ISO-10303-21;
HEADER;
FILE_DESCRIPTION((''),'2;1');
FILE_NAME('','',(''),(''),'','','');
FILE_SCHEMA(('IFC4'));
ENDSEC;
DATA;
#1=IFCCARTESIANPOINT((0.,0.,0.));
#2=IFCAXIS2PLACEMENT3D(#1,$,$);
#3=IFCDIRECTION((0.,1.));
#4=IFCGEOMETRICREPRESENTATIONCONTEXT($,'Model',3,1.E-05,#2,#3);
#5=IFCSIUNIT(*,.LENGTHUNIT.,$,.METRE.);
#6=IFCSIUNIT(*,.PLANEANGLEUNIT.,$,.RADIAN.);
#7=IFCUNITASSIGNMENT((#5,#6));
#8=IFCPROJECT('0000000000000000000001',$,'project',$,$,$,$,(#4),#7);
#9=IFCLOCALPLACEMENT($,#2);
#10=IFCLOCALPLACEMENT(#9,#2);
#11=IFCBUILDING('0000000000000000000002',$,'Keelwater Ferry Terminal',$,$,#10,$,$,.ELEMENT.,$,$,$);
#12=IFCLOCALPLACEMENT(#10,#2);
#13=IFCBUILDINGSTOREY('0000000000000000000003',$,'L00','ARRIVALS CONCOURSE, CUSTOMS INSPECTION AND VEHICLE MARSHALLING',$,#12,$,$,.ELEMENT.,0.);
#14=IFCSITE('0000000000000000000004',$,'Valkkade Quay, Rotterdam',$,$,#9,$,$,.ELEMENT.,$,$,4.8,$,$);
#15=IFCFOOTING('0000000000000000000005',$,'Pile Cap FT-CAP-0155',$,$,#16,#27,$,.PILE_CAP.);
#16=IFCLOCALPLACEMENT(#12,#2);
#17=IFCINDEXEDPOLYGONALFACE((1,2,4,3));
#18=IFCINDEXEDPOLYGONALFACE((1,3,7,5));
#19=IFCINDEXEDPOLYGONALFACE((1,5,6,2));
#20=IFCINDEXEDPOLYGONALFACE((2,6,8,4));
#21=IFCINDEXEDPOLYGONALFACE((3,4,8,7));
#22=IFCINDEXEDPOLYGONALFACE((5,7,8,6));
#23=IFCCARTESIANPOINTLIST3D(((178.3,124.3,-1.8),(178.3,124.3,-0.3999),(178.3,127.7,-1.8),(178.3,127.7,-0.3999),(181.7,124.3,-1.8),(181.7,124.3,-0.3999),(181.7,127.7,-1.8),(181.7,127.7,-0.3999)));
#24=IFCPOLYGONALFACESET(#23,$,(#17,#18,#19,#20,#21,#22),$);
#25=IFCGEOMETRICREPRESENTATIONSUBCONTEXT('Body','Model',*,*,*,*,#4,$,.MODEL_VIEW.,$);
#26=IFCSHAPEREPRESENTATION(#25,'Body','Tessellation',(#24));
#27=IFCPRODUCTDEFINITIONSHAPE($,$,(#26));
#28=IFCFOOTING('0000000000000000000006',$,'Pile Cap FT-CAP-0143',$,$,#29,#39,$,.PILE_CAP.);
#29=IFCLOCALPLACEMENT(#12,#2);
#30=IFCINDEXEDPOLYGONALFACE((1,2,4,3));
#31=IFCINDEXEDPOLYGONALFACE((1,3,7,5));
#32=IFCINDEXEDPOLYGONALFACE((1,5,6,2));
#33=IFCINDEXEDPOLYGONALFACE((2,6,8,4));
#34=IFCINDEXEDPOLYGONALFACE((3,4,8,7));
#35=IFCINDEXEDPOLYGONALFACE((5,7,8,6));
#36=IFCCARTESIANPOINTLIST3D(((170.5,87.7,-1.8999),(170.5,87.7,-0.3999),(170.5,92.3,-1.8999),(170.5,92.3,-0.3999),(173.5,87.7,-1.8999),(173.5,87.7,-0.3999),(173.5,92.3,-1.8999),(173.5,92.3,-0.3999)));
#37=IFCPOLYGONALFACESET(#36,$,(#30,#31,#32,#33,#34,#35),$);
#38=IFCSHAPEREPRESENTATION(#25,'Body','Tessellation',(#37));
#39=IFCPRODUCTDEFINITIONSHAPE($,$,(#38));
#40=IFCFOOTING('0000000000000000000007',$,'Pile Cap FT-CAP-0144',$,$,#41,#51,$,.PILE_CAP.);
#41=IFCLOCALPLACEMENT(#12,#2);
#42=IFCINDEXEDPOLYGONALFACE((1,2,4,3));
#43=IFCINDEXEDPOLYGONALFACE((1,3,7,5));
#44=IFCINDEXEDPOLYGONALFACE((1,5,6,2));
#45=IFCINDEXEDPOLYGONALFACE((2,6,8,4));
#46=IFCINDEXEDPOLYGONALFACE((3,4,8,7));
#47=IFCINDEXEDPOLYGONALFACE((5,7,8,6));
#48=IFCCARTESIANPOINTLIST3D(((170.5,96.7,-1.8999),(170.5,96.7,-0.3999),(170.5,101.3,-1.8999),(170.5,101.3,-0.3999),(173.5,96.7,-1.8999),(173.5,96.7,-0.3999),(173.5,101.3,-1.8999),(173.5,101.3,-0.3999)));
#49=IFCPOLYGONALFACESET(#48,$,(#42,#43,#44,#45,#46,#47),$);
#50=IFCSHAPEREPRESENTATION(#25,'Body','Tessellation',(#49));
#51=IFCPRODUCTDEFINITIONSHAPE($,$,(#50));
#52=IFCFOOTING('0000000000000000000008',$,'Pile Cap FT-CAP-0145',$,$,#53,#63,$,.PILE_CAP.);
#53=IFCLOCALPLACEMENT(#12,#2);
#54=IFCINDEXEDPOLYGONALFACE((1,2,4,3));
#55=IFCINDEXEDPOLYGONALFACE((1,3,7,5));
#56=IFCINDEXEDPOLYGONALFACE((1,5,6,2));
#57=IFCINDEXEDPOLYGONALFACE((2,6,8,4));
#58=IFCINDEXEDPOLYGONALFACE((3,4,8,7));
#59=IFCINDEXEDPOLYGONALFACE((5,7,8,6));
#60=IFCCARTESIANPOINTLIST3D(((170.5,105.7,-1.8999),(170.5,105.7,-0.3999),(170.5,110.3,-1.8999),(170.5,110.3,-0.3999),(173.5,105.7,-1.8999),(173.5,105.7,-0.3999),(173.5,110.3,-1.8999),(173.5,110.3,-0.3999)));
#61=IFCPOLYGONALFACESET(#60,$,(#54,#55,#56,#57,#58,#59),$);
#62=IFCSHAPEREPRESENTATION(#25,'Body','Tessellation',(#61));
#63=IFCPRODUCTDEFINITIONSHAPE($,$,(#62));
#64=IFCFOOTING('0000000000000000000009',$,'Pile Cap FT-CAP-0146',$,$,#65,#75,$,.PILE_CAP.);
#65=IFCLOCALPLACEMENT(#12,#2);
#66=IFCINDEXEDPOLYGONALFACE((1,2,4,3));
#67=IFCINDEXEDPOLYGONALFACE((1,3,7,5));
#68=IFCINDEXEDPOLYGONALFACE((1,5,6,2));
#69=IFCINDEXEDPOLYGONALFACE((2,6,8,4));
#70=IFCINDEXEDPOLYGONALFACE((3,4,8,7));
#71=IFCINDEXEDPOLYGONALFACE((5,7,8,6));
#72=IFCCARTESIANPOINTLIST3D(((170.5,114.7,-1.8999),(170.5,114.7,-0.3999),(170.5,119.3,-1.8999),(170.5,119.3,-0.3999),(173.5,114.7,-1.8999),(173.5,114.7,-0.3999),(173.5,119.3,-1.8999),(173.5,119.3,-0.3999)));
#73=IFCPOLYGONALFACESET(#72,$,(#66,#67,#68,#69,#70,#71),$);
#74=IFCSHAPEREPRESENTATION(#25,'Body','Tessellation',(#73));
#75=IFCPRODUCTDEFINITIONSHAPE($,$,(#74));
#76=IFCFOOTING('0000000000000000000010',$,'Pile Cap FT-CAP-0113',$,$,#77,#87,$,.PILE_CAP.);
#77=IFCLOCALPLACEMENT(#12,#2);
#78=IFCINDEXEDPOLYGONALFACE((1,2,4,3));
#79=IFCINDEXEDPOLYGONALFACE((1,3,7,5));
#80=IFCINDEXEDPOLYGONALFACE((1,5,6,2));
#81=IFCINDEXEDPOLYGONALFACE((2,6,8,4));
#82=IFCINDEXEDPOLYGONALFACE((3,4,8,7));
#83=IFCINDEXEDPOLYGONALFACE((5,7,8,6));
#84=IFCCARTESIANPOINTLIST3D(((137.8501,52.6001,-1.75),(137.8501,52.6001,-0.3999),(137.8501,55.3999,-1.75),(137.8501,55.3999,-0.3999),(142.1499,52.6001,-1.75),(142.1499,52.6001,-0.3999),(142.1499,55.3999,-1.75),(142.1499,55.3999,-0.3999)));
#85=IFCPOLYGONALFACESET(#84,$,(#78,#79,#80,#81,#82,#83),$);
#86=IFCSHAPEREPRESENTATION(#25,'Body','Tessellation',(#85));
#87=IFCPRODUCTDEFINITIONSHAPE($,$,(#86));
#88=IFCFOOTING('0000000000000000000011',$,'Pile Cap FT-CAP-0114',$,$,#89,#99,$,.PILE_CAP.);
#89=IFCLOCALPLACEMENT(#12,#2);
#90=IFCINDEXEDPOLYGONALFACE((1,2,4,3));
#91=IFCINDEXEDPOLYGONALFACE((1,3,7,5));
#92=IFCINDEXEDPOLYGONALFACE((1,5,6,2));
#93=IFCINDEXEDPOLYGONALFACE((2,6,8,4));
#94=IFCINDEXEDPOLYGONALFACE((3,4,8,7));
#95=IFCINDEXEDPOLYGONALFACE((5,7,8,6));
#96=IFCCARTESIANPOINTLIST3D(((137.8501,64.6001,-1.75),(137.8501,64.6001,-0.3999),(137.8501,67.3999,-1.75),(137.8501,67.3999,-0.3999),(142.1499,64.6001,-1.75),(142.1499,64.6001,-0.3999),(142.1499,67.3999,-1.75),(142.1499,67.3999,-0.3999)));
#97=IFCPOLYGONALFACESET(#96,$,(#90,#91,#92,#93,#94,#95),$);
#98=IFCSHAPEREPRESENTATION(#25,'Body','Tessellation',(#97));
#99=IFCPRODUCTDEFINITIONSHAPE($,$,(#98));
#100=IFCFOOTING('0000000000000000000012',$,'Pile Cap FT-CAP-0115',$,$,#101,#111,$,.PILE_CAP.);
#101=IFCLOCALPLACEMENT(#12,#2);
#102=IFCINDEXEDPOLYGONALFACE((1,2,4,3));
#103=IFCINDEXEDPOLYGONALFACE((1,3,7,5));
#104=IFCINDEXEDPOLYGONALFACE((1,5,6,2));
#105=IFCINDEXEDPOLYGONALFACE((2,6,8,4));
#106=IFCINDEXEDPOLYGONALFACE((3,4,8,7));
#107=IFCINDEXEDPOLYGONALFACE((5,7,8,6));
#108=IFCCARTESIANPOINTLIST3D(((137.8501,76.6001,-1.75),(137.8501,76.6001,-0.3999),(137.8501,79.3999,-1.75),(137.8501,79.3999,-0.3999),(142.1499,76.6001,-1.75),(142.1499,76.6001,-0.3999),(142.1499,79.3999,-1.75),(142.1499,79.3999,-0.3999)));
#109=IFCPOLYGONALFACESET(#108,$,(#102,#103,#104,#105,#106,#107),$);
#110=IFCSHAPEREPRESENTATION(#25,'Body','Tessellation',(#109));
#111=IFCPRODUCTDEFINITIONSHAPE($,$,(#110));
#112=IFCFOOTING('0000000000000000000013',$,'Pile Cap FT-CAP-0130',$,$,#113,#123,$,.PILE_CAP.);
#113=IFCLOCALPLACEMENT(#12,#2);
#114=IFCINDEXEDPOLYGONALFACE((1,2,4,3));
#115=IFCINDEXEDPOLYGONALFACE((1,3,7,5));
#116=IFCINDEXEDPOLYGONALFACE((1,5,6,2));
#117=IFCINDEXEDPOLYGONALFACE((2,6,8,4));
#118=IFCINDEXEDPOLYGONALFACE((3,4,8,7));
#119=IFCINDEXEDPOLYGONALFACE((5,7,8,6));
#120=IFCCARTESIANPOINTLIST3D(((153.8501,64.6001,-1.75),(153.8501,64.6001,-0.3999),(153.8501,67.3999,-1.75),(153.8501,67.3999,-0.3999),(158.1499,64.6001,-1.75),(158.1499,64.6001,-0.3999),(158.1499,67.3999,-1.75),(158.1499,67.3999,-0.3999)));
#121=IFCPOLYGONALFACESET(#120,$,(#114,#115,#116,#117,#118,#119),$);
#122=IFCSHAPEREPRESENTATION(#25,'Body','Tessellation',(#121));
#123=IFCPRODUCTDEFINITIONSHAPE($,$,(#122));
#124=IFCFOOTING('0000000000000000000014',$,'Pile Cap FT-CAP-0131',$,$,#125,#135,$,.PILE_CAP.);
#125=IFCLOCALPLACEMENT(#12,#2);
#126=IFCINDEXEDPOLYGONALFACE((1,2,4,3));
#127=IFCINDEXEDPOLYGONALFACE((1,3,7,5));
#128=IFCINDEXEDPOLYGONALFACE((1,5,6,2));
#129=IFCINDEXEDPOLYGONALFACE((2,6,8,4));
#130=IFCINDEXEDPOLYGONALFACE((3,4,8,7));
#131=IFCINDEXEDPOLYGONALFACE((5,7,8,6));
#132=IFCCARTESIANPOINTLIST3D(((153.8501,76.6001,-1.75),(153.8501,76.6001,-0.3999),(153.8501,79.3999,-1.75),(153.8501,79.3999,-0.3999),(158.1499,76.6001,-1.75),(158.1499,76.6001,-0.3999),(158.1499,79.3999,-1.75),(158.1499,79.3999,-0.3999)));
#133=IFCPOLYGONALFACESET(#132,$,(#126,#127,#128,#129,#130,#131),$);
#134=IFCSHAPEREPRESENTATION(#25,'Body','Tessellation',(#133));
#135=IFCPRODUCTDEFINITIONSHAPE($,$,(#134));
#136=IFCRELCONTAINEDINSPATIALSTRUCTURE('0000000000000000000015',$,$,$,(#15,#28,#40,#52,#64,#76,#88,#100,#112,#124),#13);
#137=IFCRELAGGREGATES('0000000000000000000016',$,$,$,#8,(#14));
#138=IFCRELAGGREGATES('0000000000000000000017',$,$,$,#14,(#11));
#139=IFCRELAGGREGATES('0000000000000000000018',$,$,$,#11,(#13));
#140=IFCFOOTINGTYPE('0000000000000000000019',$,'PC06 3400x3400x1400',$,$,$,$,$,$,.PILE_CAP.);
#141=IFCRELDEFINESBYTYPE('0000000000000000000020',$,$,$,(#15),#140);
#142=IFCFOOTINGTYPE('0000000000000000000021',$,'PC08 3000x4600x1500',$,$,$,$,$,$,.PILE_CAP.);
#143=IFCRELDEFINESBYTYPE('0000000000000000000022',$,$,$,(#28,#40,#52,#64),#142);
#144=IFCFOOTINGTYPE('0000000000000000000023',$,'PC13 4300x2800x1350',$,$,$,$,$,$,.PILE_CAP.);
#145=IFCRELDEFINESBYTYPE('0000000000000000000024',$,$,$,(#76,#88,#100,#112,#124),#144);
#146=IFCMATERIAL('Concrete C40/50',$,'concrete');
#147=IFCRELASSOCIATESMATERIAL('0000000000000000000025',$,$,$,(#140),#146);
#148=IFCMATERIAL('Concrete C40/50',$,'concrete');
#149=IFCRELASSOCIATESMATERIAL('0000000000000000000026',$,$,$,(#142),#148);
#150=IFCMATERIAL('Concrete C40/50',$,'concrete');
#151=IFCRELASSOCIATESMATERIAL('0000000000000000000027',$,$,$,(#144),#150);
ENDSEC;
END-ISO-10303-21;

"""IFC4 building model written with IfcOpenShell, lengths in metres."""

from ifc_helpers import new_model, si_unit, direction, frame, origin, place, context, subcontext, project, spatial, polyline, outline, extrude, material, type_object, element, save


model = new_model("IFC4")

# Units and contexts
model_context = context("Model", 3, precision=1e-05, world=origin(), true_north=direction((0.0, 1.0)))
body_context = subcontext(model_context, "Body", "Model", "MODEL_VIEW")
ifc_project = project(units=[si_unit("LENGTHUNIT", "METRE"), si_unit("PLANEANGLEUNIT", "RADIAN")], contexts=[model_context])

# Site, building, storey
site_placement = place(None, origin())
site = spatial("IfcSite", under=ifc_project, at=site_placement, Name="Valkkade Quay, Rotterdam", CompositionType="ELEMENT", RefElevation=4.8)
building_placement = place(site_placement, origin())
building = spatial("IfcBuilding", under=site, at=building_placement, Name="Keelwater Ferry Terminal", CompositionType="ELEMENT")
storey_placement = place(building_placement, origin())
storey = spatial("IfcBuildingStorey", under=building, at=storey_placement, Name="L00", Description="ARRIVALS CONCOURSE, CUSTOMS INSPECTION AND VEHICLE MARSHALLING", CompositionType="ELEMENT", Elevation=0.0)

# Footings
ifc_material_1 = material(Name="Concrete C40/50", Category="concrete")
footing_type_1 = type_object("IfcFootingType", Name="PC06 3400x3400x1400", PredefinedType="PILE_CAP", material=ifc_material_1)
footing_1_placement = place(storey_placement, frame((0.0, 0.0, -1.8)))
element("IfcFooting", 1, at=footing_1_placement, inside=storey, type_object=footing_type_1, Name="Pile Cap FT-CAP-0155", PredefinedType="PILE_CAP", context=body_context, shape_type="SweptSolid", body=[
    extrude(outline(polyline([(178.3, 124.3), (181.7, 124.3), (181.7, 127.7), (178.3, 127.7), (178.3, 124.3)])), origin(), (0.0, 0.0, 1.0), 1.4001),
])
ifc_material_2 = material(Name="Concrete C40/50", Category="concrete")
footing_type_2 = type_object("IfcFootingType", Name="PC08 3000x4600x1500", PredefinedType="PILE_CAP", material=ifc_material_2)
footing_2_placement = place(storey_placement, frame((0.0, 0.0, -1.8999)))
element("IfcFooting", 2, at=footing_2_placement, inside=storey, type_object=footing_type_2, Name="Pile Cap FT-CAP-0143", PredefinedType="PILE_CAP", context=body_context, shape_type="SweptSolid", body=[
    extrude(outline(polyline([(170.5, 87.7), (173.5, 87.7), (173.5, 92.3), (170.5, 92.3), (170.5, 87.7)])), origin(), (0.0, 0.0, 1.0), 1.5),
])
footing_3_placement = place(storey_placement, frame((0.0, 0.0, -1.8999)))
element("IfcFooting", 3, at=footing_3_placement, inside=storey, type_object=footing_type_2, Name="Pile Cap FT-CAP-0144", PredefinedType="PILE_CAP", context=body_context, shape_type="SweptSolid", body=[
    extrude(outline(polyline([(170.5, 96.7), (173.5, 96.7), (173.5, 101.3), (170.5, 101.3), (170.5, 96.7)])), origin(), (0.0, 0.0, 1.0), 1.5),
])
footing_4_placement = place(storey_placement, frame((0.0, 0.0, -1.8999)))
element("IfcFooting", 4, at=footing_4_placement, inside=storey, type_object=footing_type_2, Name="Pile Cap FT-CAP-0145", PredefinedType="PILE_CAP", context=body_context, shape_type="SweptSolid", body=[
    extrude(outline(polyline([(170.5, 105.7), (173.5, 105.7), (173.5, 110.3), (170.5, 110.3), (170.5, 105.7)])), origin(), (0.0, 0.0, 1.0), 1.5),
])
footing_5_placement = place(storey_placement, frame((0.0, 0.0, -1.8999)))
element("IfcFooting", 5, at=footing_5_placement, inside=storey, type_object=footing_type_2, Name="Pile Cap FT-CAP-0146", PredefinedType="PILE_CAP", context=body_context, shape_type="SweptSolid", body=[
    extrude(outline(polyline([(170.5, 114.7), (173.5, 114.7), (173.5, 119.3), (170.5, 119.3), (170.5, 114.7)])), origin(), (0.0, 0.0, 1.0), 1.5),
])
ifc_material_3 = material(Name="Concrete C40/50", Category="concrete")
footing_type_3 = type_object("IfcFootingType", Name="PC13 4300x2800x1350", PredefinedType="PILE_CAP", material=ifc_material_3)
footing_6_placement = place(storey_placement, frame((0.0, 0.0, -1.75)))
element("IfcFooting", 6, at=footing_6_placement, inside=storey, type_object=footing_type_3, Name="Pile Cap FT-CAP-0113", PredefinedType="PILE_CAP", context=body_context, shape_type="SweptSolid", body=[
    extrude(outline(polyline([(137.8501, 52.6001), (142.1499, 52.6001), (142.1499, 55.3999), (137.8501, 55.3999), (137.8501, 52.6001)])), origin(), (0.0, 0.0, 1.0), 1.3501),
])
footing_7_placement = place(storey_placement, frame((0.0, 0.0, -1.75)))
element("IfcFooting", 7, at=footing_7_placement, inside=storey, type_object=footing_type_3, Name="Pile Cap FT-CAP-0114", PredefinedType="PILE_CAP", context=body_context, shape_type="SweptSolid", body=[
    extrude(outline(polyline([(137.8501, 64.6001), (142.1499, 64.6001), (142.1499, 67.3999), (137.8501, 67.3999), (137.8501, 64.6001)])), origin(), (0.0, 0.0, 1.0), 1.3501),
])
footing_8_placement = place(storey_placement, frame((0.0, 0.0, -1.75)))
element("IfcFooting", 8, at=footing_8_placement, inside=storey, type_object=footing_type_3, Name="Pile Cap FT-CAP-0115", PredefinedType="PILE_CAP", context=body_context, shape_type="SweptSolid", body=[
    extrude(outline(polyline([(137.8501, 76.6001), (142.1499, 76.6001), (142.1499, 79.3999), (137.8501, 79.3999), (137.8501, 76.6001)])), origin(), (0.0, 0.0, 1.0), 1.3501),
])
footing_9_placement = place(storey_placement, frame((0.0, 0.0, -1.75)))
element("IfcFooting", 9, at=footing_9_placement, inside=storey, type_object=footing_type_3, Name="Pile Cap FT-CAP-0130", PredefinedType="PILE_CAP", context=body_context, shape_type="SweptSolid", body=[
    extrude(outline(polyline([(153.8501, 64.6001), (158.1499, 64.6001), (158.1499, 67.3999), (153.8501, 67.3999), (153.8501, 64.6001)])), origin(), (0.0, 0.0, 1.0), 1.3501),
])
footing_10_placement = place(storey_placement, frame((0.0, 0.0, -1.75)))
element("IfcFooting", 10, at=footing_10_placement, inside=storey, type_object=footing_type_3, Name="Pile Cap FT-CAP-0131", PredefinedType="PILE_CAP", context=body_context, shape_type="SweptSolid", body=[
    extrude(outline(polyline([(153.8501, 76.6001), (158.1499, 76.6001), (158.1499, 79.3999), (153.8501, 79.3999), (153.8501, 76.6001)])), origin(), (0.0, 0.0, 1.0), 1.3501),
])

save(model, "model.ifc")
